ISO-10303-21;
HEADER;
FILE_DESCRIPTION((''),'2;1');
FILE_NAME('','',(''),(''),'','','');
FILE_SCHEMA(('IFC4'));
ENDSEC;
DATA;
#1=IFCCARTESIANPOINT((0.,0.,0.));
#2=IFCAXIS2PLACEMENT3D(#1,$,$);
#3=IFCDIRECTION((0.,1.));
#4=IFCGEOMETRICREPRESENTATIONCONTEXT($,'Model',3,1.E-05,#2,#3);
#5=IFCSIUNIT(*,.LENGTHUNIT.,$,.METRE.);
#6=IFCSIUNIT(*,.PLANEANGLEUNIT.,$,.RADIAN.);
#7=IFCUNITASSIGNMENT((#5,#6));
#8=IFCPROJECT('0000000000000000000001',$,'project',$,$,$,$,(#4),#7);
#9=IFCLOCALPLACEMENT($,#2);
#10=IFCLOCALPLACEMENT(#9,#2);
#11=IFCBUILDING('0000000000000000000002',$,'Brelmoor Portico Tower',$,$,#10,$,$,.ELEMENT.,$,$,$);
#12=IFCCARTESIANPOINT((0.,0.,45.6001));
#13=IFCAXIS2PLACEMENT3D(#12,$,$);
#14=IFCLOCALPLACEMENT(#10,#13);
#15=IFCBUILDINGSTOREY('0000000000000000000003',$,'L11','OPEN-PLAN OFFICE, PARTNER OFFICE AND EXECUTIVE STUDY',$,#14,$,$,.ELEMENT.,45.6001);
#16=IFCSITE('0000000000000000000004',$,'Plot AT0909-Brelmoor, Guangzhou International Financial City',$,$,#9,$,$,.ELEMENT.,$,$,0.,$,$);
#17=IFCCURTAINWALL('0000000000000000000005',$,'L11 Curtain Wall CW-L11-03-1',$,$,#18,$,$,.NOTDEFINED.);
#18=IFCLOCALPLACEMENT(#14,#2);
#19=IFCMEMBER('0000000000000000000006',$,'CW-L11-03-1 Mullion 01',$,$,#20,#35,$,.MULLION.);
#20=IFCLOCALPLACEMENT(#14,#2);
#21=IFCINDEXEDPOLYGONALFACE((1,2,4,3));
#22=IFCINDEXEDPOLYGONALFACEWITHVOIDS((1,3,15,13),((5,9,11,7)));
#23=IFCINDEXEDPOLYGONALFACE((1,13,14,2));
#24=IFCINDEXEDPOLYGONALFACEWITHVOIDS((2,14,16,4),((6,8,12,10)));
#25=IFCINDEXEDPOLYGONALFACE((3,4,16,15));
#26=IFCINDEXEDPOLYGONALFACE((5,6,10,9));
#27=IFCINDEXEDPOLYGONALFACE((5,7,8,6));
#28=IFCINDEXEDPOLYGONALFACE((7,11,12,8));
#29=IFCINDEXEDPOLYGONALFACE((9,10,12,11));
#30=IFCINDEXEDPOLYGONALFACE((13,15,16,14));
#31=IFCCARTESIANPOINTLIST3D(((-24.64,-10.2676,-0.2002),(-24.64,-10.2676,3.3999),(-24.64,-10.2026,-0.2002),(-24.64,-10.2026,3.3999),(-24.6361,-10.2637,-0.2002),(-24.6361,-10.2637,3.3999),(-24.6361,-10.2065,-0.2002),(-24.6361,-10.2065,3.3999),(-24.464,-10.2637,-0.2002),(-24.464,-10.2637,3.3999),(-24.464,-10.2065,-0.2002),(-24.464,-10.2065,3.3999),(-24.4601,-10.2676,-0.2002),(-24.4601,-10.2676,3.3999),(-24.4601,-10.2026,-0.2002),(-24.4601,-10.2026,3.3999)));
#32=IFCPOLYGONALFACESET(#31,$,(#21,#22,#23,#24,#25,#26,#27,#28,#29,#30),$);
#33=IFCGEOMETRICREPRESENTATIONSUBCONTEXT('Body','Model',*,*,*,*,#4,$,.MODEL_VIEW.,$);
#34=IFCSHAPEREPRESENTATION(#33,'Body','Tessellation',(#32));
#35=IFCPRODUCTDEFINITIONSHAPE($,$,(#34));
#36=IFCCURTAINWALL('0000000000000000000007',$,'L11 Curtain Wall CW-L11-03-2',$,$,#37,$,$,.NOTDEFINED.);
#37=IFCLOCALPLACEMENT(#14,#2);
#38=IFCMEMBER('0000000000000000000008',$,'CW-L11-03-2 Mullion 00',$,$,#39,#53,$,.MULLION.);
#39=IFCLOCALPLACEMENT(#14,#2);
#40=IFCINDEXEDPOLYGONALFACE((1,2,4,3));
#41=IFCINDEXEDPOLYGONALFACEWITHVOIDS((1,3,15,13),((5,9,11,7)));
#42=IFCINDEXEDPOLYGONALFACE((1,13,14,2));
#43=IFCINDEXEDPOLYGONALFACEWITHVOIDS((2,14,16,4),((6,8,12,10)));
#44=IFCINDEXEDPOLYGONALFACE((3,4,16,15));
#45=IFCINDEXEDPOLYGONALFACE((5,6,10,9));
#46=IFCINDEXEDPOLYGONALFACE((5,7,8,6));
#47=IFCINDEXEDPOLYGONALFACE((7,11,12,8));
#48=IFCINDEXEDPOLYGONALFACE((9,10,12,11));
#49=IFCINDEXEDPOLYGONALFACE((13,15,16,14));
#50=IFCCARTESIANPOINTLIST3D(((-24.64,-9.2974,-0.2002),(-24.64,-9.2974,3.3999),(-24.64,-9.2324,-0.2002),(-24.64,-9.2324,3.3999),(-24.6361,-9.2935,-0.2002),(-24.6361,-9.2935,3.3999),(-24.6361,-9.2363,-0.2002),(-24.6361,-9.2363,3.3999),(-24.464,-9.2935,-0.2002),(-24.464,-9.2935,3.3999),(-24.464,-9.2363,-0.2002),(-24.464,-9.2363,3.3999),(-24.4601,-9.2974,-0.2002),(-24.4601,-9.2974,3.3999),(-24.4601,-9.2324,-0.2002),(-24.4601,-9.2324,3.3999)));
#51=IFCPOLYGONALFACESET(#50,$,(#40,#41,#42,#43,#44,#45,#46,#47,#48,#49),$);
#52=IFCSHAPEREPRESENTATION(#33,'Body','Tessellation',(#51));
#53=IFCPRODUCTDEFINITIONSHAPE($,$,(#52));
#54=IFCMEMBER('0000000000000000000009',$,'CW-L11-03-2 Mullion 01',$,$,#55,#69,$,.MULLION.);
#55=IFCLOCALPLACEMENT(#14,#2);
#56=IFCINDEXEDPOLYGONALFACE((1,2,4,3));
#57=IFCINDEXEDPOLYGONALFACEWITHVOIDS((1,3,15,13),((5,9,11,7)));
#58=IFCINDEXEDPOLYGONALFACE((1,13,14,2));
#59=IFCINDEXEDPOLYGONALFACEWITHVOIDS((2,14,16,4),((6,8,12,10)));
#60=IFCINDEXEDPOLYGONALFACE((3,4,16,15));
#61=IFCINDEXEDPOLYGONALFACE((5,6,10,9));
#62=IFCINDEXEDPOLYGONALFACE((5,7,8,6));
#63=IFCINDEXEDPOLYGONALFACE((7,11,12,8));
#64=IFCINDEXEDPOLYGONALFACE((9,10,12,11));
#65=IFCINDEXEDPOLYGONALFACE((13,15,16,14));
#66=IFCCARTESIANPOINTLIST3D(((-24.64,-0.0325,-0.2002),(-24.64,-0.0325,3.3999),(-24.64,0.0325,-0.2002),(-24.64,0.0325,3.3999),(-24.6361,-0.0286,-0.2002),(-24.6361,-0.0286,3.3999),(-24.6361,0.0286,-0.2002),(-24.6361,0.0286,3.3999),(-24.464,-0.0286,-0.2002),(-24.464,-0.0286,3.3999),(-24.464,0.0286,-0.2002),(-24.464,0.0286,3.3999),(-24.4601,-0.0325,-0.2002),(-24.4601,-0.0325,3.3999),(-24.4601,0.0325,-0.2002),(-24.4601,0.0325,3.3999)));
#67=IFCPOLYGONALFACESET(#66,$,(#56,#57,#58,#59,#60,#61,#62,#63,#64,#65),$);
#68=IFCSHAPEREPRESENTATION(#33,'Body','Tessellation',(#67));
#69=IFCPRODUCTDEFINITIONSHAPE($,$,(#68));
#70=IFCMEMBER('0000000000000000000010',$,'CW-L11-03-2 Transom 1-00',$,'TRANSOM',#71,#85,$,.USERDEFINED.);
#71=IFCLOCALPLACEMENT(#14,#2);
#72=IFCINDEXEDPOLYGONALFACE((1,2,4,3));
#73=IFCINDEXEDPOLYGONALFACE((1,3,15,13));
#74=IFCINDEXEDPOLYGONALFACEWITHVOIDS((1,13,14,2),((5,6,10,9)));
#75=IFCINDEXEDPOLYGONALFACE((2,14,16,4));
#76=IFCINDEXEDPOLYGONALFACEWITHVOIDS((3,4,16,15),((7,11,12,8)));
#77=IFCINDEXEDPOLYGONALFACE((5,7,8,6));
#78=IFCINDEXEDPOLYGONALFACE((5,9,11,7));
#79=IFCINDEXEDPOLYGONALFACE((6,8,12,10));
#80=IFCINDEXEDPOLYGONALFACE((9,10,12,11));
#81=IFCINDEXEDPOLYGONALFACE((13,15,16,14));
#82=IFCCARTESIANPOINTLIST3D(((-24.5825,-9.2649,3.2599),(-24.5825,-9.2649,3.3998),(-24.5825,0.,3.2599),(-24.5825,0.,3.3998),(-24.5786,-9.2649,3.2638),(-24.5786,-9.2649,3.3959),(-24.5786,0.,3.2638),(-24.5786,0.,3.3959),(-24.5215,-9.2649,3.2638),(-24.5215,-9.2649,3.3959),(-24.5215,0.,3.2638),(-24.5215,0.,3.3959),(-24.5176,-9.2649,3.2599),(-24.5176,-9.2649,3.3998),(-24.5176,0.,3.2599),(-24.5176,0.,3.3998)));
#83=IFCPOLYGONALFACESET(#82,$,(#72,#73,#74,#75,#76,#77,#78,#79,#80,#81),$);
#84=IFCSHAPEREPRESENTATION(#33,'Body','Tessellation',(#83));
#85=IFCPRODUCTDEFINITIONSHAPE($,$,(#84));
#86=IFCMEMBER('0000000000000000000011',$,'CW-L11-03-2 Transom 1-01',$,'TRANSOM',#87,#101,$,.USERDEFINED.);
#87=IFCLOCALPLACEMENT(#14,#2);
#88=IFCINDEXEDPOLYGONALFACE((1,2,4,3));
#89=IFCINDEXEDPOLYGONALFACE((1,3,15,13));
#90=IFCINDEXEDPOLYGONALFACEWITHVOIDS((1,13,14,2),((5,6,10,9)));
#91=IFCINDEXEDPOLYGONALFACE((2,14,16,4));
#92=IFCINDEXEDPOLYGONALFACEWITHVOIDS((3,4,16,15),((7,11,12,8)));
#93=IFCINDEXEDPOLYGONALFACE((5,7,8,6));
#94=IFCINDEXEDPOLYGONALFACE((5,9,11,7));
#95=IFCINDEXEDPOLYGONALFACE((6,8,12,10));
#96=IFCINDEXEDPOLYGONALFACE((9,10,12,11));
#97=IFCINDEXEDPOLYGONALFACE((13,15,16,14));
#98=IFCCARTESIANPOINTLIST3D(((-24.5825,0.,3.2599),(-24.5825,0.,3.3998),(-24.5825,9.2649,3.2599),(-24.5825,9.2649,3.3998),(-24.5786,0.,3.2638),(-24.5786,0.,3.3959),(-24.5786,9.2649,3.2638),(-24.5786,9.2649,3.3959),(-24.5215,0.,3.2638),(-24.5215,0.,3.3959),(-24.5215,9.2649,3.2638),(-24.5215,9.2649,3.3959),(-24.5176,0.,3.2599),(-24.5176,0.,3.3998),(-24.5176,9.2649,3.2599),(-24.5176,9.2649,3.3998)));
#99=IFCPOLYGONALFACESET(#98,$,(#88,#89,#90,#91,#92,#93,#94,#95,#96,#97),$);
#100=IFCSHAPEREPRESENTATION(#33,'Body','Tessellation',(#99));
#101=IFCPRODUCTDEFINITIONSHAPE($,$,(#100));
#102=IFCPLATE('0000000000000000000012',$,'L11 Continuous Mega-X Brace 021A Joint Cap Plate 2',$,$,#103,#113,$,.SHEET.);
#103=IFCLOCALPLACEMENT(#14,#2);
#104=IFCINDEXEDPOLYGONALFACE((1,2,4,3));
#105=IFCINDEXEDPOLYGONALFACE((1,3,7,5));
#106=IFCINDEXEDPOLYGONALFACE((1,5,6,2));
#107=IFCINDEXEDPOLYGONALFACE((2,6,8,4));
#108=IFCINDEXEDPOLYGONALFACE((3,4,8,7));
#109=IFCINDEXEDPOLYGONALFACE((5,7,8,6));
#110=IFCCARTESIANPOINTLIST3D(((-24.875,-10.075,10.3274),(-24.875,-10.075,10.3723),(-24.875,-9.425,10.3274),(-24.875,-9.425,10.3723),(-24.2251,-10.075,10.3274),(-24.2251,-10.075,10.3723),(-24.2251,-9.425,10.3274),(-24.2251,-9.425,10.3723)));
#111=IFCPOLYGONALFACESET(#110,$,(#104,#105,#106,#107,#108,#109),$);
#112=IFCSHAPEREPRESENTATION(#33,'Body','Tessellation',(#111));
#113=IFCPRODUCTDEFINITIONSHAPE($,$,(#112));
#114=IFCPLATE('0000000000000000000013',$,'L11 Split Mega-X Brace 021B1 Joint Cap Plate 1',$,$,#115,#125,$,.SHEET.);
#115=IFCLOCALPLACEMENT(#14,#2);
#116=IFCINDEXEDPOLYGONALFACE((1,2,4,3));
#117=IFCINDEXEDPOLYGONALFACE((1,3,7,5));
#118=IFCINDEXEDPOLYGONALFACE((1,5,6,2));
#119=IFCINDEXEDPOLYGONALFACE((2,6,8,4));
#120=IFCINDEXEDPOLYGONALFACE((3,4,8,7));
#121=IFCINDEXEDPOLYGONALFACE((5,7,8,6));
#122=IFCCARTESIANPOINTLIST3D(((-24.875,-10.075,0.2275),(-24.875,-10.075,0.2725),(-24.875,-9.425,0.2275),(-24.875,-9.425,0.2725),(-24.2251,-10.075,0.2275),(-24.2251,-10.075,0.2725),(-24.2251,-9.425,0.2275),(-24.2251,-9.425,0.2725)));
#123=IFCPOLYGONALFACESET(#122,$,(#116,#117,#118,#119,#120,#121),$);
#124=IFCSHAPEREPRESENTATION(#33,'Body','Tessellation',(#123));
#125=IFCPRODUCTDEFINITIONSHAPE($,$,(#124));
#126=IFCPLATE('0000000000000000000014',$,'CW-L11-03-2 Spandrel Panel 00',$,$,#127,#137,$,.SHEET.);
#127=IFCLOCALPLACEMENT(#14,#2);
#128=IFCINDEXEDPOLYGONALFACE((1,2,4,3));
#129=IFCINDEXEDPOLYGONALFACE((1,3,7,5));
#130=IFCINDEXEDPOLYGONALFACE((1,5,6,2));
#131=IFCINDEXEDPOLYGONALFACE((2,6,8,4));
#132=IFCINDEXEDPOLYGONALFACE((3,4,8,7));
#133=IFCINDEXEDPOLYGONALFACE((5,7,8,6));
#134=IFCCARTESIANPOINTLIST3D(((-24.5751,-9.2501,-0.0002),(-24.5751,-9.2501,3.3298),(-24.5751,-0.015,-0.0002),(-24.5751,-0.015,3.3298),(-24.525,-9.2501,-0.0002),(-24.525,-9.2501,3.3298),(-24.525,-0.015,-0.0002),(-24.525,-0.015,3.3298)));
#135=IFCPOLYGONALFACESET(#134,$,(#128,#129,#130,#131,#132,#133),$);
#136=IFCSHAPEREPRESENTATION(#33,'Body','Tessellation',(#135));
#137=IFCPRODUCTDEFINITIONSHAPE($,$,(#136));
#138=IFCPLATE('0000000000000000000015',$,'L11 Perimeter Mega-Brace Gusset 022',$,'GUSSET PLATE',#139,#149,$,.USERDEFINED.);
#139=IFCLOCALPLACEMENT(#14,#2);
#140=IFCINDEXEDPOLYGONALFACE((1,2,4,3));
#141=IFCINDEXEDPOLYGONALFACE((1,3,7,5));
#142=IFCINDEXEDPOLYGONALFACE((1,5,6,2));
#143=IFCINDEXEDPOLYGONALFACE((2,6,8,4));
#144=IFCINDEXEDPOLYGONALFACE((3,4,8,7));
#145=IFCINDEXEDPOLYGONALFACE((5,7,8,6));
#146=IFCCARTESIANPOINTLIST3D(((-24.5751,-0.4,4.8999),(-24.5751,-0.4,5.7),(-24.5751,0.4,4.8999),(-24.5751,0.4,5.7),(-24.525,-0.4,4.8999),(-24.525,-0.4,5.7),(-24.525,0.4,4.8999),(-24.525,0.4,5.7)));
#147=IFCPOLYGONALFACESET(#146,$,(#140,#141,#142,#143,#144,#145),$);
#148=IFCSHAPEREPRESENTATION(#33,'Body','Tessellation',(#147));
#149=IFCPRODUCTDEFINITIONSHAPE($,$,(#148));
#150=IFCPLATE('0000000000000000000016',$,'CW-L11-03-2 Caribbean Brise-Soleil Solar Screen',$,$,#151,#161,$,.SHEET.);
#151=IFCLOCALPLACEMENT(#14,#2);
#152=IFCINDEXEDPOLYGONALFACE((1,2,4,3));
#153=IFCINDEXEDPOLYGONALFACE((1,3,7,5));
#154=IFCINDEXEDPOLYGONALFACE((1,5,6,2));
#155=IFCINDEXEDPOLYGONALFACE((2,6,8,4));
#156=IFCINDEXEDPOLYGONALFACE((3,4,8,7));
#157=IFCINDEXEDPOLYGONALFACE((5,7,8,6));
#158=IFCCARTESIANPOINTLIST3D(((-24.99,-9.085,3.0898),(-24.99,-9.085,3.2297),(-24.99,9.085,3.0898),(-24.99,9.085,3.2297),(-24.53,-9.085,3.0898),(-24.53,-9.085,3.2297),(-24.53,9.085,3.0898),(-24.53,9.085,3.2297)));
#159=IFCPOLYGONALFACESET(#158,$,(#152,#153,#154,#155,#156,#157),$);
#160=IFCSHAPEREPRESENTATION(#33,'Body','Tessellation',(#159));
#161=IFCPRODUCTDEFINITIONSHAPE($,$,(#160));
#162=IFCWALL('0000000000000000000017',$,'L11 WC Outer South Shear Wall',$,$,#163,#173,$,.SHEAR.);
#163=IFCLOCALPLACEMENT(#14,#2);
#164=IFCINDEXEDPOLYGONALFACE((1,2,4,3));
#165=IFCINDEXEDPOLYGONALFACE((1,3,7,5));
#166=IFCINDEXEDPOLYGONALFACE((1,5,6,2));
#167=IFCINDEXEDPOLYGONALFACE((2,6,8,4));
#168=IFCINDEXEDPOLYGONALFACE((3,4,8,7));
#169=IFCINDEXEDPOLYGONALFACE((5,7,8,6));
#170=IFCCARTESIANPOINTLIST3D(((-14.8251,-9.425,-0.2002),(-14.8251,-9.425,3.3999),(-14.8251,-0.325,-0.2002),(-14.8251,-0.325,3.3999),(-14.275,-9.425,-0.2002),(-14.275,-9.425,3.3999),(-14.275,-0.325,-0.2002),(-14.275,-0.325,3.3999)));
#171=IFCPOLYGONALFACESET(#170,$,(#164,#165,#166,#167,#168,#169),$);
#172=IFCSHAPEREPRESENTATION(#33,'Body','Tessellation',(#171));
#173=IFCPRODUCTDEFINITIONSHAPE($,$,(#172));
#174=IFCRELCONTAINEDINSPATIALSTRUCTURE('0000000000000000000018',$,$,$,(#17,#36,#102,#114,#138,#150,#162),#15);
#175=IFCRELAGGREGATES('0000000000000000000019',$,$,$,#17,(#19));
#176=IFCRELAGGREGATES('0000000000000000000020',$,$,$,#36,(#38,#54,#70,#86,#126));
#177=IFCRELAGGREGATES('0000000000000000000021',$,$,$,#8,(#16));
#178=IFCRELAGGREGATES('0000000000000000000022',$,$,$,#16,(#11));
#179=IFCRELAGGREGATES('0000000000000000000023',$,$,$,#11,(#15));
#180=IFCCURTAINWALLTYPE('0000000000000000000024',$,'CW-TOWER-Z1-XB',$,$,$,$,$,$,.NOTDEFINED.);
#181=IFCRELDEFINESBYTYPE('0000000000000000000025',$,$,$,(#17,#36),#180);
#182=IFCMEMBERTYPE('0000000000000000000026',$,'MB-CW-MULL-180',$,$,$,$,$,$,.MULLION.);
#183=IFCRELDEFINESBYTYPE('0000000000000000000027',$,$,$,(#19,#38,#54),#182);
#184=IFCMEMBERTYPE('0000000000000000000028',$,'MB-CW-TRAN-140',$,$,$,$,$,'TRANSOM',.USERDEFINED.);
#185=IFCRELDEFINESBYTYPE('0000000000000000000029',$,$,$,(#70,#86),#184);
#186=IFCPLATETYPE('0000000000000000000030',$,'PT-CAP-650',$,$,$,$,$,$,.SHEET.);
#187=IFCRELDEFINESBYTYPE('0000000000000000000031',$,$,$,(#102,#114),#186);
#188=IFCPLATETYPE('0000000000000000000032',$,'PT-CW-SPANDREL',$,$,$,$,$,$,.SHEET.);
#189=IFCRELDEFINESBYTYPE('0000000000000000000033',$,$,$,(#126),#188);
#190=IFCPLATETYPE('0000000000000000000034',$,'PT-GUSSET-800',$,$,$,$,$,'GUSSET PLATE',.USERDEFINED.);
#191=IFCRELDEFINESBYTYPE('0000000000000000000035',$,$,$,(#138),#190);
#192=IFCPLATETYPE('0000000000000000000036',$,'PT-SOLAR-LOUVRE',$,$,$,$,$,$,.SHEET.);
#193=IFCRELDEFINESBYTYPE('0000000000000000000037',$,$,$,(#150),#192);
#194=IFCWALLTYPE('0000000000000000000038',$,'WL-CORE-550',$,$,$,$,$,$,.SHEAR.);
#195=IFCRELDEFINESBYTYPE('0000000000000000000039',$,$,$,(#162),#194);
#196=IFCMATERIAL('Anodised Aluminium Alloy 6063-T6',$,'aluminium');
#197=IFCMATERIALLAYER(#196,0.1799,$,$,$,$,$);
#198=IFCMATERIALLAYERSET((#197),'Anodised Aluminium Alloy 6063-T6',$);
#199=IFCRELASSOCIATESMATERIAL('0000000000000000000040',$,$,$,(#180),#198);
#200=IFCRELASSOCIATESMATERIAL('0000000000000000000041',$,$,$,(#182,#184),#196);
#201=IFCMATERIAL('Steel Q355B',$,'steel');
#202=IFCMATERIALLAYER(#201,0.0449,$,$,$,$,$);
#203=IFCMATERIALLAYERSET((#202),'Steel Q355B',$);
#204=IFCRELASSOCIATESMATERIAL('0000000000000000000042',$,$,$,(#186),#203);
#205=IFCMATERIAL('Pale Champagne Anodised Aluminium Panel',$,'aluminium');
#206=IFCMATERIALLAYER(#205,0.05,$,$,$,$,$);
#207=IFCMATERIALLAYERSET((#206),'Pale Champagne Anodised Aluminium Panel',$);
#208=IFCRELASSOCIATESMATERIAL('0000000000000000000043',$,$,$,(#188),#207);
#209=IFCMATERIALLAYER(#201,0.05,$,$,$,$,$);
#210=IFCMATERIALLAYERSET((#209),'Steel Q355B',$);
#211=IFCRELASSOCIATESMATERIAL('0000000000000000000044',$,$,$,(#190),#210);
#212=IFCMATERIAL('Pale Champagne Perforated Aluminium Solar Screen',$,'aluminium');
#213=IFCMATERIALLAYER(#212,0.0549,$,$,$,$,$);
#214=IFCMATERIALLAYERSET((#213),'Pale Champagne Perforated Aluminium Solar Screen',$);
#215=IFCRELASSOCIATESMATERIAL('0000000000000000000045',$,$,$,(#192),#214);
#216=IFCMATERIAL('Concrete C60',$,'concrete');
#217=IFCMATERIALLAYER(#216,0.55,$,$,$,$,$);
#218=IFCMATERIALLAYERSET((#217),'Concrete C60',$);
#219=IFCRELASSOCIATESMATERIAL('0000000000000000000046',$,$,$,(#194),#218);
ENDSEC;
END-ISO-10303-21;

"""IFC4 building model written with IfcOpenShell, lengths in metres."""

from ifc_helpers import new_model, si_unit, direction, frame, frame_2d, origin, origin_2d, place, context, subcontext, project, spatial, rectangle, hollow_rectangle, extrude, material, layer, layer_set, material_profile, profile_set, type_object, element, aggregate, save


model = new_model("IFC4")

# Units and contexts
model_context = context("Model", 3, precision=1e-05, world=origin(), true_north=direction((0.0, 1.0)))
body_context = subcontext(model_context, "Body", "Model", "MODEL_VIEW")
ifc_project = project(units=[si_unit("LENGTHUNIT", "METRE"), si_unit("PLANEANGLEUNIT", "RADIAN")], contexts=[model_context])

# Site, building, storey
site_placement = place(None, origin())
site = spatial("IfcSite", under=ifc_project, at=site_placement, Name="Plot AT0909-Brelmoor, Guangzhou International Financial City", CompositionType="ELEMENT", RefElevation=0.0)
building_placement = place(site_placement, origin())
building = spatial("IfcBuilding", under=site, at=building_placement, Name="Brelmoor Portico Tower", CompositionType="ELEMENT")
storey_placement = place(building_placement, frame((0.0, 0.0, 45.6001)))
storey = spatial("IfcBuildingStorey", under=building, at=storey_placement, Name="L11", Description="OPEN-PLAN OFFICE, PARTNER OFFICE AND EXECUTIVE STUDY", CompositionType="ELEMENT", Elevation=45.6001)

# Shared definitions
ifc_material_1 = material(Name="Steel Q355B", Category="steel")

# Curtain wall, member
ifc_material_2 = material(Name="Anodised Aluminium Alloy 6063-T6", Category="aluminium")
ifc_layer_1 = layer(ifc_material_2, 0.1799)
ifc_layer_set_1 = layer_set([ifc_layer_1], Name="Anodised Aluminium Alloy 6063-T6")
curtain_wall_type = type_object("IfcCurtainWallType", Name="CW-TOWER-Z1-XB", PredefinedType="NOTDEFINED", material=ifc_layer_set_1)
curtain_wall_1_placement = place(storey_placement, origin())
curtain_wall_1 = element("IfcCurtainWall", 1, at=curtain_wall_1_placement, inside=storey, type_object=curtain_wall_type, Name="L11 Curtain Wall CW-L11-03-1", PredefinedType="NOTDEFINED")
ifc_material_profile_1 = material_profile(ifc_material_2, hollow_rectangle(XDim=0.0649, YDim=0.1799, WallThickness=0.0039, at=origin_2d()), Name="ALU MULLION 65x180")
ifc_profile_set_1 = profile_set([ifc_material_profile_1], Name="Anodised Aluminium Alloy 6063-T6")
member_type_1 = type_object("IfcMemberType", Name="MB-CW-MULL-180", PredefinedType="MULLION", material=ifc_profile_set_1)
member_1_placement = place(storey_placement, frame((-24.55, -10.2351, -0.2002), z_axis=(0.0, 0.0, 1.0), x_axis=(0.0, 1.0, 0.0)))
member_1 = element("IfcMember", 2, at=member_1_placement, type_object=member_type_1, Name="CW-L11-03-1 Mullion 01", PredefinedType="MULLION", context=body_context, shape_type="SweptSolid", body=[
    extrude(hollow_rectangle(XDim=0.0649, YDim=0.1799, WallThickness=0.0039, at=origin_2d()), origin(), (0.0, 0.0, 1.0), 3.6001),
])
aggregate(curtain_wall_1, [member_1])

# Curtain wall, members
curtain_wall_2_placement = place(storey_placement, origin())
curtain_wall_2 = element("IfcCurtainWall", 3, at=curtain_wall_2_placement, inside=storey, type_object=curtain_wall_type, Name="L11 Curtain Wall CW-L11-03-2", PredefinedType="NOTDEFINED")
member_2_placement = place(storey_placement, frame((-24.55, -9.2649, -0.2002), z_axis=(0.0, 0.0, 1.0), x_axis=(0.0, 1.0, 0.0)))
member_2 = element("IfcMember", 4, at=member_2_placement, type_object=member_type_1, Name="CW-L11-03-2 Mullion 00", PredefinedType="MULLION", context=body_context, shape_type="SweptSolid", body=[
    extrude(hollow_rectangle(XDim=0.0649, YDim=0.1799, WallThickness=0.0039, at=origin_2d()), origin(), (0.0, 0.0, 1.0), 3.6001),
])
member_3_placement = place(storey_placement, frame((-24.55, 0.0, -0.2002), z_axis=(0.0, 0.0, 1.0), x_axis=(0.0, 1.0, 0.0)))
member_3 = element("IfcMember", 5, at=member_3_placement, type_object=member_type_1, Name="CW-L11-03-2 Mullion 01", PredefinedType="MULLION", context=body_context, shape_type="SweptSolid", body=[
    extrude(hollow_rectangle(XDim=0.0649, YDim=0.1799, WallThickness=0.0039, at=origin_2d()), origin(), (0.0, 0.0, 1.0), 3.6001),
])
ifc_material_profile_2 = material_profile(ifc_material_2, hollow_rectangle(XDim=0.0649, YDim=0.1399, WallThickness=0.0039, at=origin_2d()), Name="ALU TRANSOM 65x140")
ifc_profile_set_2 = profile_set([ifc_material_profile_2], Name="Anodised Aluminium Alloy 6063-T6")
member_type_2 = type_object("IfcMemberType", Name="MB-CW-TRAN-140", ElementType="TRANSOM", PredefinedType="USERDEFINED", material=ifc_profile_set_2)
member_4_placement = place(storey_placement, frame((-24.55, -9.2649, 3.3298), z_axis=(0.0, 1.0, 0.0), x_axis=(-1.0, 0.0, 0.0)))
member_4 = element("IfcMember", 6, at=member_4_placement, type_object=member_type_2, Name="CW-L11-03-2 Transom 1-00", ObjectType="TRANSOM", PredefinedType="USERDEFINED", context=body_context, shape_type="SweptSolid", body=[
    extrude(hollow_rectangle(XDim=0.0649, YDim=0.1399, WallThickness=0.0039, at=origin_2d()), origin(), (0.0, 0.0, 1.0), 9.2649),
])
member_5_placement = place(storey_placement, frame((-24.55, 0.0, 3.3298), z_axis=(0.0, 1.0, 0.0), x_axis=(-1.0, 0.0, 0.0)))
member_5 = element("IfcMember", 7, at=member_5_placement, type_object=member_type_2, Name="CW-L11-03-2 Transom 1-01", ObjectType="TRANSOM", PredefinedType="USERDEFINED", context=body_context, shape_type="SweptSolid", body=[
    extrude(hollow_rectangle(XDim=0.0649, YDim=0.1399, WallThickness=0.0039, at=origin_2d()), origin(), (0.0, 0.0, 1.0), 9.2649),
])

# Plates
ifc_layer_2 = layer(ifc_material_1, 0.0449)
ifc_layer_set_2 = layer_set([ifc_layer_2], Name="Steel Q355B")
plate_type_1 = type_object("IfcPlateType", Name="PT-CAP-650", PredefinedType="SHEET", material=ifc_layer_set_2)
for number, where, z_axis, x_axis, name in (
    (8, (-24.55, -9.75, 10.3274), (0.0, 0.0, 1.0), (1.0, 0.0, 0.0), "L11 Continuous Mega-X Brace 021A Joint Cap Plate 2"),
    (9, (-24.55, -9.75, 0.2275), (0.0, 0.0, 1.0), (1.0, 0.0, 0.0), "L11 Split Mega-X Brace 021B1 Joint Cap Plate 1"),
):
    element("IfcPlate", number, at=place(storey_placement, frame(where, z_axis=z_axis, x_axis=x_axis)), inside=storey, type_object=plate_type_1, Name=name, PredefinedType="SHEET", context=body_context, shape_type="SweptSolid", body=[
        extrude(rectangle(XDim=0.6499, YDim=0.6499, at=origin_2d()), origin(), (0.0, 0.0, 1.0), 0.0449),
    ])

# Plate
ifc_material_3 = material(Name="Pale Champagne Anodised Aluminium Panel", Category="aluminium")
ifc_layer_3 = layer(ifc_material_3, 0.05)
ifc_layer_set_3 = layer_set([ifc_layer_3], Name="Pale Champagne Anodised Aluminium Panel")
plate_type_2 = type_object("IfcPlateType", Name="PT-CW-SPANDREL", PredefinedType="SHEET", material=ifc_layer_set_3)
plate_1_placement = place(storey_placement, frame((-24.55, -4.6326, -0.0002), z_axis=(0.0, 0.0, 1.0), x_axis=(0.0, 1.0, 0.0)))
plate_1 = element("IfcPlate", 10, at=plate_1_placement, type_object=plate_type_2, Name="CW-L11-03-2 Spandrel Panel 00", PredefinedType="SHEET", context=body_context, shape_type="SweptSolid", body=[
    extrude(rectangle(XDim=9.2351, YDim=0.05, at=origin_2d()), origin(), (0.0, 0.0, 1.0), 3.3301),
])
aggregate(curtain_wall_2, [member_2, member_3, member_4, member_5, plate_1])

# Plates
ifc_layer_4 = layer(ifc_material_1, 0.05)
ifc_layer_set_4 = layer_set([ifc_layer_4], Name="Steel Q355B")
plate_type_3 = type_object("IfcPlateType", Name="PT-GUSSET-800", ElementType="GUSSET PLATE", PredefinedType="USERDEFINED", material=ifc_layer_set_4)
plate_2_placement = place(storey_placement, frame((-24.55, 0.0, 4.8999), z_axis=(0.0, 0.0, 1.0), x_axis=(1.0, 0.0, 0.0)))
element("IfcPlate", 11, at=plate_2_placement, inside=storey, type_object=plate_type_3, Name="L11 Perimeter Mega-Brace Gusset 022", ObjectType="GUSSET PLATE", PredefinedType="USERDEFINED", context=body_context, shape_type="SweptSolid", body=[
    extrude(rectangle(XDim=0.05, YDim=0.8, at=origin_2d()), origin(), (0.0, 0.0, 1.0), 0.8),
])
ifc_material_4 = material(Name="Pale Champagne Perforated Aluminium Solar Screen", Category="aluminium")
ifc_layer_5 = layer(ifc_material_4, 0.0549)
ifc_layer_set_5 = layer_set([ifc_layer_5], Name="Pale Champagne Perforated Aluminium Solar Screen")
plate_type_4 = type_object("IfcPlateType", Name="PT-SOLAR-LOUVRE", PredefinedType="SHEET", material=ifc_layer_set_5)
plate_3_placement = place(storey_placement, frame((-24.76, 0.0, 3.0898), z_axis=(0.0, 0.0, 1.0), x_axis=(0.0, 1.0, 0.0)))
element("IfcPlate", 12, at=plate_3_placement, inside=storey, type_object=plate_type_4, Name="CW-L11-03-2 Caribbean Brise-Soleil Solar Screen", PredefinedType="SHEET", context=body_context, shape_type="SweptSolid", body=[
    extrude(rectangle(XDim=18.1699, YDim=0.46, at=origin_2d()), origin(), (0.0, 0.0, 1.0), 0.1399),
])

# Wall
ifc_material_5 = material(Name="Concrete C60", Category="concrete")
ifc_layer_6 = layer(ifc_material_5, 0.55)
ifc_layer_set_6 = layer_set([ifc_layer_6], Name="Concrete C60")
wall_type_1 = type_object("IfcWallType", Name="WL-CORE-550", PredefinedType="SHEAR", material=ifc_layer_set_6)
wall_1_placement = place(storey_placement, frame((-14.55, -9.425, -0.2002), z_axis=(0.0, 0.0, 1.0), x_axis=(0.0, 1.0, 0.0)))
element("IfcWall", 13, at=wall_1_placement, inside=storey, type_object=wall_type_1, Name="L11 WC Outer South Shear Wall", PredefinedType="SHEAR", context=body_context, shape_type="SweptSolid", body=[
    extrude(rectangle(XDim=9.1001, YDim=0.55, at=frame_2d((4.55, 0.0))), origin(), (0.0, 0.0, 1.0), 3.6001),
])

save(model, "model.ifc")
